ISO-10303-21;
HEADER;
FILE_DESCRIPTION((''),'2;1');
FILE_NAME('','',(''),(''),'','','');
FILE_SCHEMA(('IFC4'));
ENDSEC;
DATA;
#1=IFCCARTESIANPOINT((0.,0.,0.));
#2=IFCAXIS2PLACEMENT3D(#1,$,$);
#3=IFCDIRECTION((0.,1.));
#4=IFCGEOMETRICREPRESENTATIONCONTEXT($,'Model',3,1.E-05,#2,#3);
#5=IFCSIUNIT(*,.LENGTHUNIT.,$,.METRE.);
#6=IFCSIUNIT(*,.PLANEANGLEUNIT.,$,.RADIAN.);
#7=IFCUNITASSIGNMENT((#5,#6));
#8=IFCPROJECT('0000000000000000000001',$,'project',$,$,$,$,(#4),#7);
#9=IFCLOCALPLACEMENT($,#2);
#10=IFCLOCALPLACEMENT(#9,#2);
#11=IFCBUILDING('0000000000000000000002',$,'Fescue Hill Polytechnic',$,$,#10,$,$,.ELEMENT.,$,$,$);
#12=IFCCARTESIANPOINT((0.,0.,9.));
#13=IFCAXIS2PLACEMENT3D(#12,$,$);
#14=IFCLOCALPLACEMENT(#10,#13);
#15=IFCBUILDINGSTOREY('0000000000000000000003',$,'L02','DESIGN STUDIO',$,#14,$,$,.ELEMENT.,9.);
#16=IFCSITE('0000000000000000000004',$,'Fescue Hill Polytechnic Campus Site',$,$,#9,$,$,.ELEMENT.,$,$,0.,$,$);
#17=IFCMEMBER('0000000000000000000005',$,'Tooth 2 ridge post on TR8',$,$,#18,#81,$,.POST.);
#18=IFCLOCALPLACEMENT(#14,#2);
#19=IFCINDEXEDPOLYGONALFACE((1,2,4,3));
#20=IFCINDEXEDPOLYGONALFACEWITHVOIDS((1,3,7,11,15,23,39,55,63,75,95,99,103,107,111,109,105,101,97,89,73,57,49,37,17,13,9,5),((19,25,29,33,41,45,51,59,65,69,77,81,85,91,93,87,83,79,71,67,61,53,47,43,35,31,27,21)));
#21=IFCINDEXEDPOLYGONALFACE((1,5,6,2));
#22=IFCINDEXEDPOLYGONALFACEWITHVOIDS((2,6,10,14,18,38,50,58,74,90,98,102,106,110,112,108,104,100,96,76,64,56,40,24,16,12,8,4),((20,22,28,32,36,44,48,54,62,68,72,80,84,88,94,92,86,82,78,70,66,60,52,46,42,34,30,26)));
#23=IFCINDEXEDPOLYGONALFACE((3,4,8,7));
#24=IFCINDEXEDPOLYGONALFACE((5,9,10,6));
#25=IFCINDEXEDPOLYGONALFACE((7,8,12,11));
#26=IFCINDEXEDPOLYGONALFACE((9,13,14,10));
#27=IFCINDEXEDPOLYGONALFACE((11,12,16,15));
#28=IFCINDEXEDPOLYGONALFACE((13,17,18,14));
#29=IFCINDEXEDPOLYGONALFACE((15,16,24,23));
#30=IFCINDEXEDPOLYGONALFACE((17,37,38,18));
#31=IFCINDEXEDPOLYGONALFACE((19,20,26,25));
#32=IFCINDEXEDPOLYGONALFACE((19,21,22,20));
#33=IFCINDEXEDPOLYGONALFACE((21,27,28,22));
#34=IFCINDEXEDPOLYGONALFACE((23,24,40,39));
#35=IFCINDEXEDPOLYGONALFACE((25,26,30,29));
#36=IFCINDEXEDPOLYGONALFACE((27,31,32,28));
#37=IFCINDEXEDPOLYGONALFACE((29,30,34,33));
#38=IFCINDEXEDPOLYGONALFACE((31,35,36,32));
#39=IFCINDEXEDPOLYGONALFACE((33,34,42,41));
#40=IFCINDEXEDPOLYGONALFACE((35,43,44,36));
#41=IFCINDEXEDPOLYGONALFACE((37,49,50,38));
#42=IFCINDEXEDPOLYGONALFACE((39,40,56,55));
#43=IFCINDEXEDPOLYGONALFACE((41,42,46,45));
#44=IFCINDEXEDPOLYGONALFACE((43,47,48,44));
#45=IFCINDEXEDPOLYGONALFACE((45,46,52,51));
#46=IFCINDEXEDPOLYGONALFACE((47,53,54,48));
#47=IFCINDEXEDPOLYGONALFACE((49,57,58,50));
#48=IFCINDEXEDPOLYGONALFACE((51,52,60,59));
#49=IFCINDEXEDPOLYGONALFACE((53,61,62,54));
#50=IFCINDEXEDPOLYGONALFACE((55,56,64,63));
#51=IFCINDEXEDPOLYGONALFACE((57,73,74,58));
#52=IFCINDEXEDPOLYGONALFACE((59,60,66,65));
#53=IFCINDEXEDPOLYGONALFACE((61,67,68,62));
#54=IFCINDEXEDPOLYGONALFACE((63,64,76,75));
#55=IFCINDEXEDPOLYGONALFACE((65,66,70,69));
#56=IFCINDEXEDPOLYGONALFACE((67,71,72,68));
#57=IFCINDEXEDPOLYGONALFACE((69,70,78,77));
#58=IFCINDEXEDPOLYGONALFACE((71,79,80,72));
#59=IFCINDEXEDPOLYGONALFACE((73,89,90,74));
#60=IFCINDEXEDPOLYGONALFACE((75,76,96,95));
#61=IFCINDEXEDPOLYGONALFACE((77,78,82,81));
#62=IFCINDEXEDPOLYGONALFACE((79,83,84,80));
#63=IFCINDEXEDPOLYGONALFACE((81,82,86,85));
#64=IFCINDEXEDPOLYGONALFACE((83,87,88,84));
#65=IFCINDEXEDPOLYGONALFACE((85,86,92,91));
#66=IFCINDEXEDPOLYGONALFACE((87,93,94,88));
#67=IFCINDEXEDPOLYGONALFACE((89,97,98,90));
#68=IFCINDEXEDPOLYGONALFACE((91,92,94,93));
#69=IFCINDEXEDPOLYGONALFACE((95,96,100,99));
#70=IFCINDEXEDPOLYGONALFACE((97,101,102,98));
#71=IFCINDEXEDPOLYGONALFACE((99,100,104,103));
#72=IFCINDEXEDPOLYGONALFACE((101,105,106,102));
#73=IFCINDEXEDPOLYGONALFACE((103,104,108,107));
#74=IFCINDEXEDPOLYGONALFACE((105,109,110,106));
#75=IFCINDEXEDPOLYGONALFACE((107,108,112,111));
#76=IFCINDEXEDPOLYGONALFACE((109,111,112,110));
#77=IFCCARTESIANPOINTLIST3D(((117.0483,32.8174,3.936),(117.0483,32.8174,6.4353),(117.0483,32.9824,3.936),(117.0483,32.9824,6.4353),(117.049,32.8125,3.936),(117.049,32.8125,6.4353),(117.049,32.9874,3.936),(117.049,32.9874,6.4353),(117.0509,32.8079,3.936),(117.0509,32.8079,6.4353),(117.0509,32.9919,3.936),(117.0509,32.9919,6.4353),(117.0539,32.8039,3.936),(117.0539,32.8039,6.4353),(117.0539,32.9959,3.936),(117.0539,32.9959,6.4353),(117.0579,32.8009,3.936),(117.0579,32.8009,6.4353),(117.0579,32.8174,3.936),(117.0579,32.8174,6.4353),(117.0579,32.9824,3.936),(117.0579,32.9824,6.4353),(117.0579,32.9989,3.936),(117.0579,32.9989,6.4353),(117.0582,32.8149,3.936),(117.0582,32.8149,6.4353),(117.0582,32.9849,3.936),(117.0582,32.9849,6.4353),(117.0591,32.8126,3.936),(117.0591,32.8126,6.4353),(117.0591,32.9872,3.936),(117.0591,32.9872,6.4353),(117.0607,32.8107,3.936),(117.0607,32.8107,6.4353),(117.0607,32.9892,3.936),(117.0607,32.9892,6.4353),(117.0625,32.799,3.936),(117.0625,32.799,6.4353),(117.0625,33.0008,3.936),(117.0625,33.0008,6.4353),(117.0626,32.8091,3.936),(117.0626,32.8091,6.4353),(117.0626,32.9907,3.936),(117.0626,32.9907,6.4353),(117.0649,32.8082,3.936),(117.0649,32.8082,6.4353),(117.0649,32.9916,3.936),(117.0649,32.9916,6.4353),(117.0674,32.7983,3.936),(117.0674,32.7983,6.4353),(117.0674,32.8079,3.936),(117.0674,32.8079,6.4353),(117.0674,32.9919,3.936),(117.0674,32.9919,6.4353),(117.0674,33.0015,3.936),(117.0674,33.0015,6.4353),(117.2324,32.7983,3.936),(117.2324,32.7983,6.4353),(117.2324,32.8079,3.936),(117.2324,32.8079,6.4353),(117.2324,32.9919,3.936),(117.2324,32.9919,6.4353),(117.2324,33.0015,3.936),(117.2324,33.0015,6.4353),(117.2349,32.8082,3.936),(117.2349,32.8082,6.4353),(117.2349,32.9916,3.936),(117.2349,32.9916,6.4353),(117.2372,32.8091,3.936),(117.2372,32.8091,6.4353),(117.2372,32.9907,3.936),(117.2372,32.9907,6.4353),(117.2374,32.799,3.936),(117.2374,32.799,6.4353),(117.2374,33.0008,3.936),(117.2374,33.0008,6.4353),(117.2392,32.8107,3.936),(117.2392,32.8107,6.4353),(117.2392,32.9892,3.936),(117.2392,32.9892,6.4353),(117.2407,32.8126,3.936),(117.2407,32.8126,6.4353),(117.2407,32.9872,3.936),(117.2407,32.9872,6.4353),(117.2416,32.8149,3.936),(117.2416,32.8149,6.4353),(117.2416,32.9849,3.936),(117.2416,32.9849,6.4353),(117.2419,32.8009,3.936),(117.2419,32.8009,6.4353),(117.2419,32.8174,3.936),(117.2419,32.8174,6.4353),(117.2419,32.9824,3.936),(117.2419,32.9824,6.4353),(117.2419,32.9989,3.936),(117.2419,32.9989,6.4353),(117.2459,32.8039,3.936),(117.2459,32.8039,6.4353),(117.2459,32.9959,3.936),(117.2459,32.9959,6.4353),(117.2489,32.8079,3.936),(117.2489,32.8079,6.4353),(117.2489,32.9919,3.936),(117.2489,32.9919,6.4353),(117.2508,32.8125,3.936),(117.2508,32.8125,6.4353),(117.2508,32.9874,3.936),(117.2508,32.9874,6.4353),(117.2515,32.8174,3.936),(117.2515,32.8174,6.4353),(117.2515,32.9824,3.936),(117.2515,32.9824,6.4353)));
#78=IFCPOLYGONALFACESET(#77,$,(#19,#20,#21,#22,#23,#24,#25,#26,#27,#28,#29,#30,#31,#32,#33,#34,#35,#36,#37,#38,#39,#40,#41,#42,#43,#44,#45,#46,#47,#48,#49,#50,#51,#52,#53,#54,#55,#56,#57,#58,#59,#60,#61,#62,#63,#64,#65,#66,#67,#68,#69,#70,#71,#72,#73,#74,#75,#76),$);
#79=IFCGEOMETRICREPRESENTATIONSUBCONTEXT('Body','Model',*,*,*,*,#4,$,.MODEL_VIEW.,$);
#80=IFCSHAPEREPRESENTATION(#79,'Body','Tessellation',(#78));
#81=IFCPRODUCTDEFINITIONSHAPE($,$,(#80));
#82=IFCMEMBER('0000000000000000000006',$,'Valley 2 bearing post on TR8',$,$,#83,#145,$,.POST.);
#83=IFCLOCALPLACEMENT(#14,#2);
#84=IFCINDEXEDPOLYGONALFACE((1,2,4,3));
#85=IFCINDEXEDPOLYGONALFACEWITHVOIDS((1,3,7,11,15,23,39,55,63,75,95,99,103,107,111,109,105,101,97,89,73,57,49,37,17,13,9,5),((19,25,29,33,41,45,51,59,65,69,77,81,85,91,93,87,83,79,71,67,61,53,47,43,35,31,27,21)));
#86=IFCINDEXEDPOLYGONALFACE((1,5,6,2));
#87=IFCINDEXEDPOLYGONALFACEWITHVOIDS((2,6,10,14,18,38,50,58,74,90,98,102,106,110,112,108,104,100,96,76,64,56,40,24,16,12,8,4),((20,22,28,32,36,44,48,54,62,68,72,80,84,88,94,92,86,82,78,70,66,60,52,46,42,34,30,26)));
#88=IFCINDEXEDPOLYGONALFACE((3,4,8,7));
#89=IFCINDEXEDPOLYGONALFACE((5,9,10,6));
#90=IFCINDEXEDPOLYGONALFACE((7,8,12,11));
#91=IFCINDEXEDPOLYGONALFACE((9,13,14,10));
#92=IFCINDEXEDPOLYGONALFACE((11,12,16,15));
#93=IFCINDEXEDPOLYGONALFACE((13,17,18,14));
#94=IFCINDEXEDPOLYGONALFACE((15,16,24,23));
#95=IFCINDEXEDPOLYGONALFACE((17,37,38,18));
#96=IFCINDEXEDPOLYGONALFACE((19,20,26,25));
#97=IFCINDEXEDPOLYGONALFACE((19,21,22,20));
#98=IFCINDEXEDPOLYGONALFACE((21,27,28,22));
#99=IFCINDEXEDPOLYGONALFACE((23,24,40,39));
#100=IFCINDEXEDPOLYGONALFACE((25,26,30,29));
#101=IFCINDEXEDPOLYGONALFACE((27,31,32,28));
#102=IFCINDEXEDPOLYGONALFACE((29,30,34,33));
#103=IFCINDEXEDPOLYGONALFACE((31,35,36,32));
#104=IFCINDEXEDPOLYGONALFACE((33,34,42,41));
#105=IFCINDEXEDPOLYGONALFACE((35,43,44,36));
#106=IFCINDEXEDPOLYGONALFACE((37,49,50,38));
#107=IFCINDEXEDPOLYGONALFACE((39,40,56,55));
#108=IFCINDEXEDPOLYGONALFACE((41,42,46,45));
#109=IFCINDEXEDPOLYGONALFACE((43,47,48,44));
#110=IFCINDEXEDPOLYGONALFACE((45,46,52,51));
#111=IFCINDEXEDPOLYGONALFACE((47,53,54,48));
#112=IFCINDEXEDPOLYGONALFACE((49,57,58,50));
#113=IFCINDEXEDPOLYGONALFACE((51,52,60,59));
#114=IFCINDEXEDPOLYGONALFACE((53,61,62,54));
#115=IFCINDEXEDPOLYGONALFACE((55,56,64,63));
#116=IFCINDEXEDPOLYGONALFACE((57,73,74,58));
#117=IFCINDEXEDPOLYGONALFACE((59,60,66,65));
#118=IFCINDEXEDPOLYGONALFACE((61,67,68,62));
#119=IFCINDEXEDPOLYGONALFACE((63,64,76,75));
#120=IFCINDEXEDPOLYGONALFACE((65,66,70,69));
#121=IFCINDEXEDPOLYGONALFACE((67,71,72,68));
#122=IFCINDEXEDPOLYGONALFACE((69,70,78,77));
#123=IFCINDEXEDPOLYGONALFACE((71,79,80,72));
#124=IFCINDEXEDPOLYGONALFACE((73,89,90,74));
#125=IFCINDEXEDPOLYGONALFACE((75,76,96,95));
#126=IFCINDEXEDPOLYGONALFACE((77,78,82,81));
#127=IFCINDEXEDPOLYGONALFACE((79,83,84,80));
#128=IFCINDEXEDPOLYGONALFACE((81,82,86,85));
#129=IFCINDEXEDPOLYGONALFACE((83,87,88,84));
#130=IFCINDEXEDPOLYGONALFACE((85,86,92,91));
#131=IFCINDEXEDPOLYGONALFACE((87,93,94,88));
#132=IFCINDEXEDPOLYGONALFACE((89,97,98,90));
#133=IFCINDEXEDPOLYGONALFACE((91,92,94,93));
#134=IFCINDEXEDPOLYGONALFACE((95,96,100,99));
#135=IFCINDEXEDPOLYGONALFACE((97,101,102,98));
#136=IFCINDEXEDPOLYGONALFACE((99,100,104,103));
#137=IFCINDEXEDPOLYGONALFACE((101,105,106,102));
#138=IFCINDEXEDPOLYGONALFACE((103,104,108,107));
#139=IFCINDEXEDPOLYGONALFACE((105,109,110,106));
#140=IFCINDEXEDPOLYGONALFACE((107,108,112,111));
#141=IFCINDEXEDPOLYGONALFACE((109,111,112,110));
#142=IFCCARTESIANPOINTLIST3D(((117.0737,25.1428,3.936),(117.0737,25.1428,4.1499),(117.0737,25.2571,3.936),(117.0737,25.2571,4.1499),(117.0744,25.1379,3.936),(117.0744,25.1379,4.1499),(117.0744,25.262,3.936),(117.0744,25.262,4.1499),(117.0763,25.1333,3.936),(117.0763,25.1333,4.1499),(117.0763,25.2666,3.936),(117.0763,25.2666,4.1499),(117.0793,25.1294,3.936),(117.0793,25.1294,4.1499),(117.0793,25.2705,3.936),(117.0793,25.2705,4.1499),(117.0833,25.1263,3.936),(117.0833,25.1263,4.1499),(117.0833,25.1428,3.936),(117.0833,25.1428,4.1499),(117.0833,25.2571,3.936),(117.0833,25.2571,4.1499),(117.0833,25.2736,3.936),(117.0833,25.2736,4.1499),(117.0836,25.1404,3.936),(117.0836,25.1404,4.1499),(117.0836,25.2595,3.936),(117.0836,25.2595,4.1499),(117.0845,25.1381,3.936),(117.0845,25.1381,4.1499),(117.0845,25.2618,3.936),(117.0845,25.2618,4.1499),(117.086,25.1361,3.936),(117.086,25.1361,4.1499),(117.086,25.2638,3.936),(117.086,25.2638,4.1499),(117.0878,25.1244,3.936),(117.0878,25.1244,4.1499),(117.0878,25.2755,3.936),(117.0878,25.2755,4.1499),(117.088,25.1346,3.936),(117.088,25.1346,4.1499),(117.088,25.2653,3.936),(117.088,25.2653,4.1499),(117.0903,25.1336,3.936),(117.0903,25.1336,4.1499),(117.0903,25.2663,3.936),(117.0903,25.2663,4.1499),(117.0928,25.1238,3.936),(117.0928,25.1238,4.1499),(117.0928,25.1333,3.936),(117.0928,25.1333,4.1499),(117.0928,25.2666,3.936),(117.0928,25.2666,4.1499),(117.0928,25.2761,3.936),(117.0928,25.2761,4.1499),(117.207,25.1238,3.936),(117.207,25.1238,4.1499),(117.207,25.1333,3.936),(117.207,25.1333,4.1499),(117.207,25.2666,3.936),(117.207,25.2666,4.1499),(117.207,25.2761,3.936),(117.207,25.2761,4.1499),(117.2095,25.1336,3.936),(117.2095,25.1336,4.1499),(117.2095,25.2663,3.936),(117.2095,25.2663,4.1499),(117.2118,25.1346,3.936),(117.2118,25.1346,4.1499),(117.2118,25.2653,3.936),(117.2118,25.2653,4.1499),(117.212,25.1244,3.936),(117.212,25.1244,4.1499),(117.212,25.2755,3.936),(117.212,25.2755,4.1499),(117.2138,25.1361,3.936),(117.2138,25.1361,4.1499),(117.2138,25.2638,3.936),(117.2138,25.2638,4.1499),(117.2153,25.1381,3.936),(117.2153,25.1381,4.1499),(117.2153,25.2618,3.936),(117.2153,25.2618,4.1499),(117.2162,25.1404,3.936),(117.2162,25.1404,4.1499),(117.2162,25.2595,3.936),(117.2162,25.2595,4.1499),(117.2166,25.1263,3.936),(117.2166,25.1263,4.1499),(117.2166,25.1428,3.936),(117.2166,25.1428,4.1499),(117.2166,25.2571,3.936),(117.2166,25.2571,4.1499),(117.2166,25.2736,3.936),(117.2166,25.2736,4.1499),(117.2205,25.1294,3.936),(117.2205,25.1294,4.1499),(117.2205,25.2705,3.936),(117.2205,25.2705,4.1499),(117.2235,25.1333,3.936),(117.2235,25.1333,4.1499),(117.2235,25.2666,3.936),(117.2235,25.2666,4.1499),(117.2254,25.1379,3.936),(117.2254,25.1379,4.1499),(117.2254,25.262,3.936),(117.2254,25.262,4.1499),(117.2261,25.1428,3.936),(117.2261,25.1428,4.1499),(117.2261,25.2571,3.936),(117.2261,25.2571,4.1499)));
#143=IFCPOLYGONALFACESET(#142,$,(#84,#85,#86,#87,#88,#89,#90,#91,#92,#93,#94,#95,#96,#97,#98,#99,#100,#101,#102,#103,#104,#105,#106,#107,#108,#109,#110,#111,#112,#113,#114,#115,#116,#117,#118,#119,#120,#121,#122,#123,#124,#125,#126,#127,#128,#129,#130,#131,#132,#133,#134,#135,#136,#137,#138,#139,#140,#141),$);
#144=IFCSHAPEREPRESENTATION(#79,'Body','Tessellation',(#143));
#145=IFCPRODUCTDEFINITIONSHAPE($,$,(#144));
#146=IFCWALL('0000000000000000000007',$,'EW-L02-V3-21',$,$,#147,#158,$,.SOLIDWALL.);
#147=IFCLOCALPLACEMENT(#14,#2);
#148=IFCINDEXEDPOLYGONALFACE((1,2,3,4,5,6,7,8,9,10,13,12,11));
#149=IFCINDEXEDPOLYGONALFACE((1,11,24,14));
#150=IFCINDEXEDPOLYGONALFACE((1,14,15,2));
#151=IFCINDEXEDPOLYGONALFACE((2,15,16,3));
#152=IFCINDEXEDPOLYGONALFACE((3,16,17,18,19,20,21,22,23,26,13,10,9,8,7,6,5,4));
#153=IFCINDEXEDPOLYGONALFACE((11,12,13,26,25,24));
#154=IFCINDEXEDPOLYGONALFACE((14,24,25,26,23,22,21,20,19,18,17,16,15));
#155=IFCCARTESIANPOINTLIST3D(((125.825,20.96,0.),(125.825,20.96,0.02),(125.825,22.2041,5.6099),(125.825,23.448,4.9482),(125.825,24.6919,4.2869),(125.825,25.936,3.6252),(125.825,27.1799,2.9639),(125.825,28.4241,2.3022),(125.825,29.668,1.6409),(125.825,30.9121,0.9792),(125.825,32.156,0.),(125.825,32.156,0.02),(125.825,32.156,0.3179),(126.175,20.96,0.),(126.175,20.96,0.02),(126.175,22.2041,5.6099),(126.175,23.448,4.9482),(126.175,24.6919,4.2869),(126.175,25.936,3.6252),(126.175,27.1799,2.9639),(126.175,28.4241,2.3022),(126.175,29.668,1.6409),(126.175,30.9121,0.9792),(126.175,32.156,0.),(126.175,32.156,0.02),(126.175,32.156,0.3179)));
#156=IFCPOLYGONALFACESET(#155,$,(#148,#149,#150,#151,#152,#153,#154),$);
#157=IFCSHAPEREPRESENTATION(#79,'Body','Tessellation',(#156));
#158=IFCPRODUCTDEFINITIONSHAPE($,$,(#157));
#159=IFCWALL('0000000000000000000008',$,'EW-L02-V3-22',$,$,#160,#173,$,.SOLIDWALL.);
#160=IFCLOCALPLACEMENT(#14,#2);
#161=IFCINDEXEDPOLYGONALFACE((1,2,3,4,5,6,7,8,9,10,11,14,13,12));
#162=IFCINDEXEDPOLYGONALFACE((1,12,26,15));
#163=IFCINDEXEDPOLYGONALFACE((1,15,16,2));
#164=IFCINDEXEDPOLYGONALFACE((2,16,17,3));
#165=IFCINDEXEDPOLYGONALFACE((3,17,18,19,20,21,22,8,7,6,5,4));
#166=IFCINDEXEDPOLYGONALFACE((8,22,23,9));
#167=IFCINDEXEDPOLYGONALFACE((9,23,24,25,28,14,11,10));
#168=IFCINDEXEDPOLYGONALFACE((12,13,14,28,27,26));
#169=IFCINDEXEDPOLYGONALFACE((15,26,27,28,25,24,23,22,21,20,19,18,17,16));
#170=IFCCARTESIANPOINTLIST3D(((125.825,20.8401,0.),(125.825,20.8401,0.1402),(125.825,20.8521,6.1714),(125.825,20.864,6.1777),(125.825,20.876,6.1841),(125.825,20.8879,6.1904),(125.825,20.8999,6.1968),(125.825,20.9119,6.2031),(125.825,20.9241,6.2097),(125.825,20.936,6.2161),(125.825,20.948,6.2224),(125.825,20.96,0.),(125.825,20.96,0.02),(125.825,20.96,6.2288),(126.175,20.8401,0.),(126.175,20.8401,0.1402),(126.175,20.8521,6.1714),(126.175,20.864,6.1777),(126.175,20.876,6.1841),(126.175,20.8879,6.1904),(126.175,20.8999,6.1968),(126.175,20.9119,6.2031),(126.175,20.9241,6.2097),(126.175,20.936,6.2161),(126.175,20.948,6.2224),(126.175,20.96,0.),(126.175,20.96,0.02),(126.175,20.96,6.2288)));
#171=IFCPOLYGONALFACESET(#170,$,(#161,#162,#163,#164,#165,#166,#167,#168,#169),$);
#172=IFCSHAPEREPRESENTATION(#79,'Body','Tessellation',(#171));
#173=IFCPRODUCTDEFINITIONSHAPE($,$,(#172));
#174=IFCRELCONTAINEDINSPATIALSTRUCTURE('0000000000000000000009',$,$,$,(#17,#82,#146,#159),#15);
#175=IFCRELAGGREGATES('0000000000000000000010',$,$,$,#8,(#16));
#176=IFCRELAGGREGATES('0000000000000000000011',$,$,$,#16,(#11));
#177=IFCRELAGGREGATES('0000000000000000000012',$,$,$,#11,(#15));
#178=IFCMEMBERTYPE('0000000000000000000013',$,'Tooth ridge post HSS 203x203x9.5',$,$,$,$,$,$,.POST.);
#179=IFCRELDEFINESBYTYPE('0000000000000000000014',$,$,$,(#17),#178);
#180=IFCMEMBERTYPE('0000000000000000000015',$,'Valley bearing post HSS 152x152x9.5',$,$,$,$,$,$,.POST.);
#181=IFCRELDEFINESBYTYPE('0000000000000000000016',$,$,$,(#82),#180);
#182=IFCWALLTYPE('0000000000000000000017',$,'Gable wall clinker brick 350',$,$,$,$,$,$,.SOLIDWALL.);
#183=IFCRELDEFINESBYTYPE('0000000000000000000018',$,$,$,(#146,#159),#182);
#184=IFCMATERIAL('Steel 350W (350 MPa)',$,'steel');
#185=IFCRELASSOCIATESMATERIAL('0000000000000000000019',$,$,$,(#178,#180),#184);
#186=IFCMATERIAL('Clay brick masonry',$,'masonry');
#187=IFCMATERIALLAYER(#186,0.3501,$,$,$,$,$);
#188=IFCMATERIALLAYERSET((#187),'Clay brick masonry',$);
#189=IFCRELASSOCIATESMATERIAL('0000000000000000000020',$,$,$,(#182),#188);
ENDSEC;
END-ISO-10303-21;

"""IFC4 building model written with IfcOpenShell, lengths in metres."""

from ifc_helpers import new_model, si_unit, direction, frame, origin, origin_2d, place, context, subcontext, project, spatial, polyline, hollow_rectangle, outline, extrude, material, layer, layer_set, material_profile, profile_set, type_object, element, save


model = new_model("IFC4")

# Units and contexts
model_context = context("Model", 3, precision=1e-05, world=origin(), true_north=direction((0.0, 1.0)))
body_context = subcontext(model_context, "Body", "Model", "MODEL_VIEW")
ifc_project = project(units=[si_unit("LENGTHUNIT", "METRE"), si_unit("PLANEANGLEUNIT", "RADIAN")], contexts=[model_context])

# Site, building, storey
site_placement = place(None, origin())
site = spatial("IfcSite", under=ifc_project, at=site_placement, Name="Fescue Hill Polytechnic Campus Site", CompositionType="ELEMENT", RefElevation=0.0)
building_placement = place(site_placement, origin())
building = spatial("IfcBuilding", under=site, at=building_placement, Name="Fescue Hill Polytechnic", CompositionType="ELEMENT")
storey_placement = place(building_placement, frame((0.0, 0.0, 9.0)))
storey = spatial("IfcBuildingStorey", under=building, at=storey_placement, Name="L02", Description="DESIGN STUDIO", CompositionType="ELEMENT", Elevation=9.0)

# Members
ifc_material_1 = material(Name="Steel 350W (350 MPa)", Category="steel")
ifc_material_profile_1 = material_profile(ifc_material_1, hollow_rectangle(XDim=0.2031, YDim=0.2031, WallThickness=0.0095, InnerFilletRadius=0.0095, OuterFilletRadius=0.019, at=origin_2d()), Name="Tooth ridge post HSS 203x203x9.5")
ifc_profile_set_1 = profile_set([ifc_material_profile_1], Name="Steel 350W (350 MPa)")
member_type_1 = type_object("IfcMemberType", Name="Tooth ridge post HSS 203x203x9.5", PredefinedType="POST", material=ifc_profile_set_1)
for number, where, z_axis, x_axis, name in (
    (1, (117.1499, 32.8999, 3.936), (0.0, 0.0, 1.0), (1.0, 0.0, 0.0), "Tooth 2 ridge post on TR8"),
):
    element("IfcMember", number, at=place(storey_placement, frame(where, z_axis=z_axis, x_axis=x_axis)), inside=storey, type_object=member_type_1, Name=name, PredefinedType="POST", context=body_context, shape_type="SweptSolid", body=[
        extrude(hollow_rectangle(XDim=0.2031, YDim=0.2031, WallThickness=0.0095, InnerFilletRadius=0.0095, OuterFilletRadius=0.019, at=origin_2d()), origin(), (0.0, 0.0, 1.0), 2.4993),
    ])
ifc_material_profile_2 = material_profile(ifc_material_1, hollow_rectangle(XDim=0.1523, YDim=0.1523, WallThickness=0.0095, InnerFilletRadius=0.0095, OuterFilletRadius=0.019, at=origin_2d()), Name="Valley bearing post HSS 152x152x9.5")
ifc_profile_set_2 = profile_set([ifc_material_profile_2], Name="Steel 350W (350 MPa)")
member_type_2 = type_object("IfcMemberType", Name="Valley bearing post HSS 152x152x9.5", PredefinedType="POST", material=ifc_profile_set_2)
member_1_placement = place(storey_placement, frame((117.1499, 25.2, 3.936), z_axis=(0.0, 0.0, 1.0), x_axis=(1.0, 0.0, 0.0)))
element("IfcMember", 2, at=member_1_placement, inside=storey, type_object=member_type_2, Name="Valley 2 bearing post on TR8", PredefinedType="POST", context=body_context, shape_type="SweptSolid", body=[
    extrude(hollow_rectangle(XDim=0.1523, YDim=0.1523, WallThickness=0.0095, InnerFilletRadius=0.0095, OuterFilletRadius=0.019, at=origin_2d()), origin(), (0.0, 0.0, 1.0), 0.2139),
])

# Walls
ifc_material_2 = material(Name="Clay brick masonry", Category="masonry")
ifc_layer = layer(ifc_material_2, 0.3501)
ifc_layer_set = layer_set([ifc_layer], Name="Clay brick masonry")
wall_type = type_object("IfcWallType", Name="Gable wall clinker brick 350", PredefinedType="SOLIDWALL", material=ifc_layer_set)
wall_1_placement = place(storey_placement, frame((126.0, 32.156, 0.0), z_axis=(0.0, 0.0, 1.0), x_axis=(0.0, -1.0, 0.0)))
element("IfcWall", 3, at=wall_1_placement, inside=storey, type_object=wall_type, Name="EW-L02-V3-21", PredefinedType="SOLIDWALL", context=body_context, shape_type="SweptSolid", body=[
    extrude(outline(polyline([(0.0, 0.0), (11.196, 0.0), (11.196, 6.2288), (11.196, 0.02), (9.9519, 5.6099), (8.708, 4.9482), (7.4641, 4.2869), (6.22, 3.6252), (4.9761, 2.9639), (3.7319, 2.3022), (2.488, 1.6409), (1.2439, 0.9792), (0.0, 0.3179), (0.0, 0.02), (0.0, 0.0)])), frame((0.0, 0.175, 0.0), z_axis=(0.0, -1.0, 0.0), x_axis=(1.0, 0.0, 0.0)), (0.0, 0.0, 1.0), 0.3501),
])
wall_2_placement = place(storey_placement, frame((126.0, 20.96, 0.0), z_axis=(0.0, 0.0, 1.0), x_axis=(0.0, -1.0, 0.0)))
element("IfcWall", 4, at=wall_2_placement, inside=storey, type_object=wall_type, Name="EW-L02-V3-22", PredefinedType="SOLIDWALL", context=body_context, shape_type="SweptSolid", body=[
    extrude(outline(polyline([(0.0, 0.0), (0.1199, 0.0), (0.1201, 6.1648), (0.1201, 0.02), (0.1079, 6.1714), (0.0959, 6.1777), (0.084, 6.1841), (0.072, 6.1904), (0.0601, 6.1968), (0.0481, 6.2031), (0.0359, 6.2097), (0.0239, 6.2161), (0.012, 6.2224), (0.0, 6.2288), (0.0, 0.02), (0.0, 0.0)])), frame((0.0, 0.175, 0.0), z_axis=(0.0, -1.0, 0.0), x_axis=(1.0, 0.0, 0.0)), (0.0, 0.0, 1.0), 0.3501),
])

save(model, "model.ifc")
